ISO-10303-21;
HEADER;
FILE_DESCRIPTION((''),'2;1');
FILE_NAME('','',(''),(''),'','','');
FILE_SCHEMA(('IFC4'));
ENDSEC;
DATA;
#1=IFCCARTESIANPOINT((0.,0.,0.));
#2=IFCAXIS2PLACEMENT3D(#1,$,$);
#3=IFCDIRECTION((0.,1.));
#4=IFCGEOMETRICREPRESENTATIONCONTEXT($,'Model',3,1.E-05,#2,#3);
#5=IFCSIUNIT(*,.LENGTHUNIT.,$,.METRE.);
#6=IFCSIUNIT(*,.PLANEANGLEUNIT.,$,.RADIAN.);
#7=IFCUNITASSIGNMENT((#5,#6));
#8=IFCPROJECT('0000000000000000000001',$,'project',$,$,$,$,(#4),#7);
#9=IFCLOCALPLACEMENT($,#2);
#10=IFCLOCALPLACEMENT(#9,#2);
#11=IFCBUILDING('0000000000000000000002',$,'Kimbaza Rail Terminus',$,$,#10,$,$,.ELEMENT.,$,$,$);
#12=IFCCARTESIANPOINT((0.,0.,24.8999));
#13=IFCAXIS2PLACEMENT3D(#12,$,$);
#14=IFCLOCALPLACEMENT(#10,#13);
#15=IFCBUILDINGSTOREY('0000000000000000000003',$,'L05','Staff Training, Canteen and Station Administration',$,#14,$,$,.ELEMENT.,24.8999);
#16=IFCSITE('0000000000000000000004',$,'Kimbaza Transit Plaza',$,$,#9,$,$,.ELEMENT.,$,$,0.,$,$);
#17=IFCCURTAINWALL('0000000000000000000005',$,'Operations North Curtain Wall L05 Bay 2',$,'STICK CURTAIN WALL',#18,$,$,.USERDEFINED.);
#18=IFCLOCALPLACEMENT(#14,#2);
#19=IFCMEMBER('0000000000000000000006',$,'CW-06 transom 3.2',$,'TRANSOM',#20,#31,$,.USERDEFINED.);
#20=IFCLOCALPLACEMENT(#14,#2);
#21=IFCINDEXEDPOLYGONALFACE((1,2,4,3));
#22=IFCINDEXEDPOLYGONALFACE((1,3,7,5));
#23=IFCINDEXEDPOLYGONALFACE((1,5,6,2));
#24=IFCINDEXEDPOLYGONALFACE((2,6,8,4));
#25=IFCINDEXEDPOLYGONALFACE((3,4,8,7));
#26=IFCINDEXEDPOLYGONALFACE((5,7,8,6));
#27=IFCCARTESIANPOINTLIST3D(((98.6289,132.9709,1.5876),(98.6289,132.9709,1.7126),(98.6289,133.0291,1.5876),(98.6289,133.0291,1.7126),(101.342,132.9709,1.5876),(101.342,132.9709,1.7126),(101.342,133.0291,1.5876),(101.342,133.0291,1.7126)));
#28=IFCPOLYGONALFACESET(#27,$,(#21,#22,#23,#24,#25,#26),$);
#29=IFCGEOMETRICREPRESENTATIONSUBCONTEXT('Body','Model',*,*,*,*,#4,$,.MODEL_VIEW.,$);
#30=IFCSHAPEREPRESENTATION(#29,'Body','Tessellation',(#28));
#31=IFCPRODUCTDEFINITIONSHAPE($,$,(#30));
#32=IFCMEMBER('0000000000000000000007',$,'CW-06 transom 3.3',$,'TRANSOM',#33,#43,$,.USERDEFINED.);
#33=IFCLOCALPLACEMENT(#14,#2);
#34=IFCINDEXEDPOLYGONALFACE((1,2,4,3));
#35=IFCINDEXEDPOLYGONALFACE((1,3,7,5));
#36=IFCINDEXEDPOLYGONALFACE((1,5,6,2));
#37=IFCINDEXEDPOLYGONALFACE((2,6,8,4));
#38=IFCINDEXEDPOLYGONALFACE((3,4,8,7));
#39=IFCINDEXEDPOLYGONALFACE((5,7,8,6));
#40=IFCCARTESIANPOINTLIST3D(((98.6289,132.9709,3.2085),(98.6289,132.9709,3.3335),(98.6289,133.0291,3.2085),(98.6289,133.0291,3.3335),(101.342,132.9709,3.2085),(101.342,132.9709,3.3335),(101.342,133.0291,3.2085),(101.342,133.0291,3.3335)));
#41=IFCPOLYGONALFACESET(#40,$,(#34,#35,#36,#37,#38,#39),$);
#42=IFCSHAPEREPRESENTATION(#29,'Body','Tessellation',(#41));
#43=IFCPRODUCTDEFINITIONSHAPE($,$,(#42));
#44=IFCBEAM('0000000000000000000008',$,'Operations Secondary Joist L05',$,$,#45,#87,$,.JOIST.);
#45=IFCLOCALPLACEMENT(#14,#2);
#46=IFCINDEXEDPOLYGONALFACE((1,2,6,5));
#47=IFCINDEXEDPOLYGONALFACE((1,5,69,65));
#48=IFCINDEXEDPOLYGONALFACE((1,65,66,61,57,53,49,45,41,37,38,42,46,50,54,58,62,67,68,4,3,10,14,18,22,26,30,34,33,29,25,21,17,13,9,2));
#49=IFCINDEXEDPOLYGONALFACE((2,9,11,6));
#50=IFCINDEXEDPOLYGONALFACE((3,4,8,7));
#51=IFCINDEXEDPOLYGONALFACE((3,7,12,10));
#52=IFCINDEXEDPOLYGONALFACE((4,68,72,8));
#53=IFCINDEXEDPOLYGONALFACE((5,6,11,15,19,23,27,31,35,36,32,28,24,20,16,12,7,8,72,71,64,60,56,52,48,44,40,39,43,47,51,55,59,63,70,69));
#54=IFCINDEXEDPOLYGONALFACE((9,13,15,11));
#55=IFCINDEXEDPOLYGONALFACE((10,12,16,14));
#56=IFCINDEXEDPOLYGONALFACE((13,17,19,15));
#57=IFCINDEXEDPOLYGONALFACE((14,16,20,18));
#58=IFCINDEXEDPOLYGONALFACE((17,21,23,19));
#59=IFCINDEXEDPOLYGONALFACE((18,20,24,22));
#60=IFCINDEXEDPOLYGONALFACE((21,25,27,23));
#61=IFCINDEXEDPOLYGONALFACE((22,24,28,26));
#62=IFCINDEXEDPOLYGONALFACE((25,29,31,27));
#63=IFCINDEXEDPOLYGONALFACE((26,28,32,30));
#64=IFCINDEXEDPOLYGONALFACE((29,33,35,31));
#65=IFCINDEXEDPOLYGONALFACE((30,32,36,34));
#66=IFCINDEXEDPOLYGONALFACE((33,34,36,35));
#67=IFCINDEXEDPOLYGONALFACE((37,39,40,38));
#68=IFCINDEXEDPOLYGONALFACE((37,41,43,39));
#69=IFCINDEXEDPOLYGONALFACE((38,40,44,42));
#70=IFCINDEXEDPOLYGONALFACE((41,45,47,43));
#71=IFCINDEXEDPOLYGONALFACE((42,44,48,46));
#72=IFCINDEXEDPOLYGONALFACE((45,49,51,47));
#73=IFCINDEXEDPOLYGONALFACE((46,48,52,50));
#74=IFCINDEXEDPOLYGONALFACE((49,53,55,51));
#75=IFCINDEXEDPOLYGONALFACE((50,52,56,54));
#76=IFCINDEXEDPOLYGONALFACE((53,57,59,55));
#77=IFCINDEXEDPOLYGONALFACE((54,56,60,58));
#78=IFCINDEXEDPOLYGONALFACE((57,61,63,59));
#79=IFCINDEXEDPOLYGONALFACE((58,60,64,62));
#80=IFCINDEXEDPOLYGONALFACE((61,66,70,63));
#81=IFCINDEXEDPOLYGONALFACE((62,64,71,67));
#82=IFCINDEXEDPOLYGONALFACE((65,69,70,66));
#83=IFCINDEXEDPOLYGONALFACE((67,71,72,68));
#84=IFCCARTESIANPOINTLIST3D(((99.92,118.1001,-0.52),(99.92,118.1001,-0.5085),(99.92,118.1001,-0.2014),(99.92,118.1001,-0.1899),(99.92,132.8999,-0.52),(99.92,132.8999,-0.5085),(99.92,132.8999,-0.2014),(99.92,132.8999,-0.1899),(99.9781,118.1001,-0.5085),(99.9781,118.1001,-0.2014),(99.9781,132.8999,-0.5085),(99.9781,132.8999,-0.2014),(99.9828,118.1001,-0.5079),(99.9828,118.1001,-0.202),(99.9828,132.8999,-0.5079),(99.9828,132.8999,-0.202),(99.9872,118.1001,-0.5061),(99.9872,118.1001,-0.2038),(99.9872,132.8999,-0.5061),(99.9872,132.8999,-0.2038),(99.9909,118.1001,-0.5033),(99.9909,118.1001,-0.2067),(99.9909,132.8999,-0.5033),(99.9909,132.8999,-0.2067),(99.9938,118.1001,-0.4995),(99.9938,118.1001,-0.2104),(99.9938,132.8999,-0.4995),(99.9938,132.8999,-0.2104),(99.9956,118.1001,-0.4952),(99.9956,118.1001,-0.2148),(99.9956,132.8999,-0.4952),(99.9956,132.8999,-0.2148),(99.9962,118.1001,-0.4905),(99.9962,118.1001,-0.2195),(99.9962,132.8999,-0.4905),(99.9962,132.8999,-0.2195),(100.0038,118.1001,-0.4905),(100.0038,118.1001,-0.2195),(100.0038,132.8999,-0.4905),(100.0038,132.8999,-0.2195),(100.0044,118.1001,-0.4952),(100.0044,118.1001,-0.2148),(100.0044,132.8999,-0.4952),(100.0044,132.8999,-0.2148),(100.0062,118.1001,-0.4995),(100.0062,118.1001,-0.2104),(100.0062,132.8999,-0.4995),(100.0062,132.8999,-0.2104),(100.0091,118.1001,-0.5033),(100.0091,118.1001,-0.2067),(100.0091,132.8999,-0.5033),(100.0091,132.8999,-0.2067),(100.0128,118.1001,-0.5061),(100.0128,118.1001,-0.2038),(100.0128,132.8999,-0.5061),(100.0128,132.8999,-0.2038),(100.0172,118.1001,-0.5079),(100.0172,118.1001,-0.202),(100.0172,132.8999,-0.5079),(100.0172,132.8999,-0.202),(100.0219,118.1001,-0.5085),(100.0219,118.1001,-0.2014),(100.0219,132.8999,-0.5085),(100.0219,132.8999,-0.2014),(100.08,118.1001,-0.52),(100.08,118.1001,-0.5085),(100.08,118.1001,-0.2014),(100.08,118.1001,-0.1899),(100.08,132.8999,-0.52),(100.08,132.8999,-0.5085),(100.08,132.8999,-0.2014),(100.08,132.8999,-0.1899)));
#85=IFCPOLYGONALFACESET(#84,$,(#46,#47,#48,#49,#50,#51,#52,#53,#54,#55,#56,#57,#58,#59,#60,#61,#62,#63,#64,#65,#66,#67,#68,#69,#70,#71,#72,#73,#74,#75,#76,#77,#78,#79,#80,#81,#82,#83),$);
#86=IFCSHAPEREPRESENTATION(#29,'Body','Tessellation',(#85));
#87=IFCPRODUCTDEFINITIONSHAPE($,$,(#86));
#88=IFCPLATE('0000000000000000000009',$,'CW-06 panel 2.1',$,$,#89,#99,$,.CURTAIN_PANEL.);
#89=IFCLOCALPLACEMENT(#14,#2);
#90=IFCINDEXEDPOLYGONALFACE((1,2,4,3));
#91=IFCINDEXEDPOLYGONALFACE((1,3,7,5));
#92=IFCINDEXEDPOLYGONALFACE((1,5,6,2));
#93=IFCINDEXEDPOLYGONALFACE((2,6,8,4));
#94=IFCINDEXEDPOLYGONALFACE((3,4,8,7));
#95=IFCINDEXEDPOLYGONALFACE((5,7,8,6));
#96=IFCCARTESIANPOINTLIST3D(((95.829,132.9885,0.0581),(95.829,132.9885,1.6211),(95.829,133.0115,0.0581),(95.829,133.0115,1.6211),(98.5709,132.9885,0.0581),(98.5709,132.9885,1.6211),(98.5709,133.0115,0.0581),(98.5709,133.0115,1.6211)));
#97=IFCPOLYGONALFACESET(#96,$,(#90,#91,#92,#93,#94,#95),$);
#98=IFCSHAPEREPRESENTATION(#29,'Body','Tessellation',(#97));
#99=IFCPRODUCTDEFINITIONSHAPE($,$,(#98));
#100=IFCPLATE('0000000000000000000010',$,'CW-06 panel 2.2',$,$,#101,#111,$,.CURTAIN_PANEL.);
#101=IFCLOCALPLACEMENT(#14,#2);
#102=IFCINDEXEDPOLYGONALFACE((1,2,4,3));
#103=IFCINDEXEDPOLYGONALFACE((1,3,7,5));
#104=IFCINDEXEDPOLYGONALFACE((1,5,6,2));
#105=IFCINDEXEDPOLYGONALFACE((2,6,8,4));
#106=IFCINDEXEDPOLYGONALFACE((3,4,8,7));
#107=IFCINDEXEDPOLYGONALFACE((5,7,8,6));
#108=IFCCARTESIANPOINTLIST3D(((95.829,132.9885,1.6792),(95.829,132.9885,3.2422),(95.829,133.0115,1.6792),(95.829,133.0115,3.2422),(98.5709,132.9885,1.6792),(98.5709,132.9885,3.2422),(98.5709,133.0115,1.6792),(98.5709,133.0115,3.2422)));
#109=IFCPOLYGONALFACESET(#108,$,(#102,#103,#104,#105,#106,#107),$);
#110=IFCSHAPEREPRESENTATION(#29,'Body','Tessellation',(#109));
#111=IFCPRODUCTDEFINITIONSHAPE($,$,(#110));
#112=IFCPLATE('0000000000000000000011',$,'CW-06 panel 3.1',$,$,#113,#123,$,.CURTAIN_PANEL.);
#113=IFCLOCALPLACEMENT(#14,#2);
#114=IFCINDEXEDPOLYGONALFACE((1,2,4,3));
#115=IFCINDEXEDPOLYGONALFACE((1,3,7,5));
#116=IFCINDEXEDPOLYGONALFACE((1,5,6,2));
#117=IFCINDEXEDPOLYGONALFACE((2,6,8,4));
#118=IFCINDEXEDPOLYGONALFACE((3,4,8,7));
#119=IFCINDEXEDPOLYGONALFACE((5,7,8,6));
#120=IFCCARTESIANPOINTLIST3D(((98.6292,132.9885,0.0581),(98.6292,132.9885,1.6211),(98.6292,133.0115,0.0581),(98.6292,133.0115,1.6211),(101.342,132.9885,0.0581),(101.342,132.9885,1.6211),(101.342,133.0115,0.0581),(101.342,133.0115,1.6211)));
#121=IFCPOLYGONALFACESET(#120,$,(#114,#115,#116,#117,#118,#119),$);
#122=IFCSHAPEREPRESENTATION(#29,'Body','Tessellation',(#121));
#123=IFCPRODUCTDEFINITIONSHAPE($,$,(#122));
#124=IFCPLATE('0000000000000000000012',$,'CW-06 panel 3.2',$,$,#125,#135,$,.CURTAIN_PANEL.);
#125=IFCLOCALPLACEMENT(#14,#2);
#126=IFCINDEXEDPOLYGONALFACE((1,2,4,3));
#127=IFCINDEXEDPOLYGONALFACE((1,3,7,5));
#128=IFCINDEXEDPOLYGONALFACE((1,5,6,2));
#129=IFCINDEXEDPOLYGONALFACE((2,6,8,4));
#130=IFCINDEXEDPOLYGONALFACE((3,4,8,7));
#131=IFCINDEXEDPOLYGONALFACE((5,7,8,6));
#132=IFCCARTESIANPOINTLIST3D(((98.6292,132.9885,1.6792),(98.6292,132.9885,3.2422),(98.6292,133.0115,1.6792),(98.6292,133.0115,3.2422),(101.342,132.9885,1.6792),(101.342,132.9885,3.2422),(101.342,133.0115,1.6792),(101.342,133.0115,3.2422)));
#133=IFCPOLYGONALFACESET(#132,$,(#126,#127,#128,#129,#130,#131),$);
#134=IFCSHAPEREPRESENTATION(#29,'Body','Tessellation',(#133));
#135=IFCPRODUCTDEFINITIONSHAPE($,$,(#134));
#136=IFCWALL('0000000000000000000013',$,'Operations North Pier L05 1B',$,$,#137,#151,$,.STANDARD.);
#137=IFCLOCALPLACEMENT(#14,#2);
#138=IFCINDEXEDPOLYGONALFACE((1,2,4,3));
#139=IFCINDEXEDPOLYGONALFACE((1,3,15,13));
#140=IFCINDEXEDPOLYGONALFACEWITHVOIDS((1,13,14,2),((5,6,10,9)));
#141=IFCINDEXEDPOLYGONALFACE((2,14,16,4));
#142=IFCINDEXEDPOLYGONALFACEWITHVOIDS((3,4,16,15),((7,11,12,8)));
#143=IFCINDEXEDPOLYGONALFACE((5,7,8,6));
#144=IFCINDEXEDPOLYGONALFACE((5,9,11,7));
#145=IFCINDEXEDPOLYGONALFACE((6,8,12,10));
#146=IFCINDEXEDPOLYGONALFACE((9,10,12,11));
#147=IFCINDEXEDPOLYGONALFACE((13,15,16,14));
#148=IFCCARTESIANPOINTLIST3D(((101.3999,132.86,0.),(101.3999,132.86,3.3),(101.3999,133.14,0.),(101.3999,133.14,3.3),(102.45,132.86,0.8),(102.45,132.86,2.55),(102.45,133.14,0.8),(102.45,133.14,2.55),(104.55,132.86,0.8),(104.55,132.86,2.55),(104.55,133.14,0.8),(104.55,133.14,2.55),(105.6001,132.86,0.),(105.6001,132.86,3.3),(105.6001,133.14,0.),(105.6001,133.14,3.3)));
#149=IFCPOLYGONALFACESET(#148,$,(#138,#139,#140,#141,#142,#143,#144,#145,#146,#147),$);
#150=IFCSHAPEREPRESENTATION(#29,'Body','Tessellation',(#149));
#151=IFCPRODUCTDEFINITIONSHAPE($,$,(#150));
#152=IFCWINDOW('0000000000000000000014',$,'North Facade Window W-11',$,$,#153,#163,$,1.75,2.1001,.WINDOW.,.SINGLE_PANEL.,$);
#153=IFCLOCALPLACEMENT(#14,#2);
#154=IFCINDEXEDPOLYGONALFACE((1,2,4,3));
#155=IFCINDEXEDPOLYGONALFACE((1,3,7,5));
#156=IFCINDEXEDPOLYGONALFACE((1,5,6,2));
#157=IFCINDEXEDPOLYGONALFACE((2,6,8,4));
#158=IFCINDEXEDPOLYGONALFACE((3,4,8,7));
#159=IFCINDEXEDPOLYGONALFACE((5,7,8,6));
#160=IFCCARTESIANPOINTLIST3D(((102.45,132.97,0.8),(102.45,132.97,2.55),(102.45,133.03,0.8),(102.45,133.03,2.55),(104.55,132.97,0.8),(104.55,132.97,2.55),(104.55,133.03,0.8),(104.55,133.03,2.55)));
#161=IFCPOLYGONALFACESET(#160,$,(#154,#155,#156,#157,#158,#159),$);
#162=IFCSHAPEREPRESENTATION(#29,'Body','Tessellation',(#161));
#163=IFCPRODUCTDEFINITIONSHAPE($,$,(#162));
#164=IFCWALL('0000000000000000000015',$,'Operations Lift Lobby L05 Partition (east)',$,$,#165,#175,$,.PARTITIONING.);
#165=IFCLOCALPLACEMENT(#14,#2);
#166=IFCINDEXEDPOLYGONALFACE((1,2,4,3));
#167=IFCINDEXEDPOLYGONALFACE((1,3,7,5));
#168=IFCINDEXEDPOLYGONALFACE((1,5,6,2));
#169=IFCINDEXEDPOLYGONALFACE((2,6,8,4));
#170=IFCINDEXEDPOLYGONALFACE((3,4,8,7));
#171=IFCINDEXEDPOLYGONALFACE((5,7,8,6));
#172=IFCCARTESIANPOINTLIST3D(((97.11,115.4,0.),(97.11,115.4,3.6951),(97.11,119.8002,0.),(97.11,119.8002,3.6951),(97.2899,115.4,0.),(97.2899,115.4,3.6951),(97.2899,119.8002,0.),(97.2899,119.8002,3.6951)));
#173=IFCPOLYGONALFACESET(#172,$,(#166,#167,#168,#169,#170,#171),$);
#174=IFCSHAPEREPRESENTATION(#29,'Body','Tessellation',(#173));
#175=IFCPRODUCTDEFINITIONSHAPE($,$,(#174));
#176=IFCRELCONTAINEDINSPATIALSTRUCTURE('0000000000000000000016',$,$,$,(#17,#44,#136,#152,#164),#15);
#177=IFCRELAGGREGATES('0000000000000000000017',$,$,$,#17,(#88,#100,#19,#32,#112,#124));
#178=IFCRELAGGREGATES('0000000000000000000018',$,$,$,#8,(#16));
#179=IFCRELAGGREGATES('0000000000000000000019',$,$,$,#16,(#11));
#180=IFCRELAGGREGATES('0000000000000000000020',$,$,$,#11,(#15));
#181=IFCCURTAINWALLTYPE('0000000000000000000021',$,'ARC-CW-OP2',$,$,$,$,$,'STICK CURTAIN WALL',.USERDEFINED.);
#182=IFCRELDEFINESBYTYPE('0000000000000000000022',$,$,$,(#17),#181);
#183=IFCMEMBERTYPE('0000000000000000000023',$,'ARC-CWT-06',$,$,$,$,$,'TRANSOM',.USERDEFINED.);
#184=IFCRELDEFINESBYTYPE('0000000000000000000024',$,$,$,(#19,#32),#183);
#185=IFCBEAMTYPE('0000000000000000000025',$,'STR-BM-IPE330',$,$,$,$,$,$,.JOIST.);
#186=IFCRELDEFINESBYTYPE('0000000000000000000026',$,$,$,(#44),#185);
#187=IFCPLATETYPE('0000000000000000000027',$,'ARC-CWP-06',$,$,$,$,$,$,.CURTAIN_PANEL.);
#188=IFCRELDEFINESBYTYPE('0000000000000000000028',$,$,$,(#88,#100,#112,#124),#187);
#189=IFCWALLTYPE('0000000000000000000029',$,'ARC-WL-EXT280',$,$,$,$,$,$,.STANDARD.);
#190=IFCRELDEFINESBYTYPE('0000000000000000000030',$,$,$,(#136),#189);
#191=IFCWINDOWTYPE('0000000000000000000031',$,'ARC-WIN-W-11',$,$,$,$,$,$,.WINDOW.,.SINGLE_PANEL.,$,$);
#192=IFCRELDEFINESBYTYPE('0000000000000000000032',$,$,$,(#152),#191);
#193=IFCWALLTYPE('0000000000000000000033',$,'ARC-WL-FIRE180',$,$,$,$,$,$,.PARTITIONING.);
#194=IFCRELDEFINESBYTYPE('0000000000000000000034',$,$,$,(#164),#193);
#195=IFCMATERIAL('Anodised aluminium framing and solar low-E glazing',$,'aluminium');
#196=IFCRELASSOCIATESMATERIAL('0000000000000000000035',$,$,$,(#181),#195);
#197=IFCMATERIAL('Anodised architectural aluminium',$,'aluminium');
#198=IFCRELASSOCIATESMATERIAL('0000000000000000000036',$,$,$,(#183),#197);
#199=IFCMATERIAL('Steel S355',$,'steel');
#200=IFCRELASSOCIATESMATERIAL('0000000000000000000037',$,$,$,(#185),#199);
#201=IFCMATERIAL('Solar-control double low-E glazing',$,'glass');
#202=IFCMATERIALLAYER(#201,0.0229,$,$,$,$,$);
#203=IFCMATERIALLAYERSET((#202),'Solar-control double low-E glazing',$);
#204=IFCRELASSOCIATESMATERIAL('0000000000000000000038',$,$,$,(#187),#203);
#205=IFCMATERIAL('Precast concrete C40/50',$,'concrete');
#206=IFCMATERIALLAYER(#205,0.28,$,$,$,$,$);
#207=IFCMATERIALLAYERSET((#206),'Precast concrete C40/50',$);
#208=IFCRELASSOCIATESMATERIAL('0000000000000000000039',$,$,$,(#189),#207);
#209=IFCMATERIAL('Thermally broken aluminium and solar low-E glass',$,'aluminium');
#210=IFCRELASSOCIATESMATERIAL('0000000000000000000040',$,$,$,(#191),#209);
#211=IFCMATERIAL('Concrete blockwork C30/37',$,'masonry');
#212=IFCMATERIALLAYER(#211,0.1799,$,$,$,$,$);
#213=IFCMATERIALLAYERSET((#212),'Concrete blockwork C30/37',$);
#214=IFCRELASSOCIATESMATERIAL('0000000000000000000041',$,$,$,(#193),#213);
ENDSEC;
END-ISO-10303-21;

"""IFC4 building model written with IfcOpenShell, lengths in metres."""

from ifc_helpers import new_model, si_unit, direction, frame, frame_2d, origin, origin_2d, place, context, subcontext, project, spatial, rectangle, i_section, extrude, material, layer, layer_set, material_profile, profile_set, type_object, element, fill, aggregate, save


model = new_model("IFC4")

# Units and contexts
model_context = context("Model", 3, precision=1e-05, world=origin(), true_north=direction((0.0, 1.0)))
body_context = subcontext(model_context, "Body", "Model", "MODEL_VIEW")
ifc_project = project(units=[si_unit("LENGTHUNIT", "METRE"), si_unit("PLANEANGLEUNIT", "RADIAN")], contexts=[model_context])

# Site, building, storey
site_placement = place(None, origin())
site = spatial("IfcSite", under=ifc_project, at=site_placement, Name="Kimbaza Transit Plaza", CompositionType="ELEMENT", RefElevation=0.0)
building_placement = place(site_placement, origin())
building = spatial("IfcBuilding", under=site, at=building_placement, Name="Kimbaza Rail Terminus", CompositionType="ELEMENT")
storey_placement = place(building_placement, frame((0.0, 0.0, 24.8999)))
storey = spatial("IfcBuildingStorey", under=building, at=storey_placement, Name="L05", Description="Staff Training, Canteen and Station Administration", CompositionType="ELEMENT", Elevation=24.8999)

# Curtain wall, members
ifc_material_1 = material(Name="Anodised aluminium framing and solar low-E glazing", Category="aluminium")
curtain_wall_type = type_object("IfcCurtainWallType", Name="ARC-CW-OP2", ElementType="STICK CURTAIN WALL", PredefinedType="USERDEFINED", material=ifc_material_1)
curtain_wall_placement = place(storey_placement, origin())
curtain_wall = element("IfcCurtainWall", 1, at=curtain_wall_placement, inside=storey, type_object=curtain_wall_type, Name="Operations North Curtain Wall L05 Bay 2", ObjectType="STICK CURTAIN WALL", PredefinedType="USERDEFINED")
ifc_material_2 = material(Name="Anodised architectural aluminium", Category="aluminium")
ifc_material_profile_1 = material_profile(ifc_material_2, rectangle(XDim=0.0581, YDim=0.125, at=origin_2d()), Name="TRANSOM 58x125")
ifc_profile_set_1 = profile_set([ifc_material_profile_1], Name="Anodised architectural aluminium")
member_type_1 = type_object("IfcMemberType", Name="ARC-CWT-06", ElementType="TRANSOM", PredefinedType="USERDEFINED", material=ifc_profile_set_1)
member_1_placement = place(storey_placement, frame((98.6289, 133.0, 1.6501), z_axis=(1.0, 0.0, 0.0), x_axis=(0.0, 1.0, 0.0)))
member_1 = element("IfcMember", 2, at=member_1_placement, type_object=member_type_1, Name="CW-06 transom 3.2", ObjectType="TRANSOM", PredefinedType="USERDEFINED", context=body_context, shape_type="SweptSolid", body=[
    extrude(rectangle(XDim=0.0581, YDim=0.125, at=origin_2d()), origin(), (0.0, 0.0, 1.0), 2.7131),
])
member_2_placement = place(storey_placement, frame((98.6289, 133.0, 3.271), z_axis=(1.0, 0.0, 0.0), x_axis=(0.0, 1.0, 0.0)))
member_2 = element("IfcMember", 3, at=member_2_placement, type_object=member_type_1, Name="CW-06 transom 3.3", ObjectType="TRANSOM", PredefinedType="USERDEFINED", context=body_context, shape_type="SweptSolid", body=[
    extrude(rectangle(XDim=0.0581, YDim=0.125, at=origin_2d()), origin(), (0.0, 0.0, 1.0), 2.7131),
])

# Beam
ifc_material_3 = material(Name="Steel S355", Category="steel")
ifc_material_profile_2 = material_profile(ifc_material_3, i_section(OverallWidth=0.1599, OverallDepth=0.3301, WebThickness=0.0076, FlangeThickness=0.0115, FilletRadius=0.0181, at=origin_2d()), Name="IPE 330")
ifc_profile_set_2 = profile_set([ifc_material_profile_2], Name="Steel S355")
beam_type = type_object("IfcBeamType", Name="STR-BM-IPE330", PredefinedType="JOIST", material=ifc_profile_set_2)
beam_placement = place(storey_placement, frame((100.0, 118.1001, -0.355), z_axis=(0.0, 1.0, 0.0), x_axis=(-1.0, 0.0, 0.0)))
element("IfcBeam", 4, at=beam_placement, inside=storey, type_object=beam_type, Name="Operations Secondary Joist L05", PredefinedType="JOIST", context=body_context, shape_type="SweptSolid", body=[
    extrude(i_section(OverallWidth=0.1599, OverallDepth=0.3301, WebThickness=0.0076, FlangeThickness=0.0115, FilletRadius=0.0181, at=origin_2d()), origin(), (0.0, 0.0, 1.0), 14.7998),
])

# Plates
ifc_material_4 = material(Name="Solar-control double low-E glazing", Category="glass")
ifc_layer_1 = layer(ifc_material_4, 0.0229)
ifc_layer_set_1 = layer_set([ifc_layer_1], Name="Solar-control double low-E glazing")
plate_type = type_object("IfcPlateType", Name="ARC-CWP-06", PredefinedType="CURTAIN_PANEL", material=ifc_layer_set_1)
plate_1_placement = place(storey_placement, frame((97.2, 133.0, 0.0581), z_axis=(0.0, 0.0, 1.0), x_axis=(1.0, 0.0, 0.0)))
plate_1 = element("IfcPlate", 5, at=plate_1_placement, type_object=plate_type, Name="CW-06 panel 2.1", PredefinedType="CURTAIN_PANEL", context=body_context, shape_type="SweptSolid", body=[
    extrude(rectangle(XDim=2.7419, YDim=0.0229, at=origin_2d()), origin(), (0.0, 0.0, 1.0), 1.563),
])
plate_2_placement = place(storey_placement, frame((97.2, 133.0, 1.6792), z_axis=(0.0, 0.0, 1.0), x_axis=(1.0, 0.0, 0.0)))
plate_2 = element("IfcPlate", 6, at=plate_2_placement, type_object=plate_type, Name="CW-06 panel 2.2", PredefinedType="CURTAIN_PANEL", context=body_context, shape_type="SweptSolid", body=[
    extrude(rectangle(XDim=2.7419, YDim=0.0229, at=origin_2d()), origin(), (0.0, 0.0, 1.0), 1.563),
])
plate_3_placement = place(storey_placement, frame((99.9856, 133.0, 0.0581), z_axis=(0.0, 0.0, 1.0), x_axis=(1.0, 0.0, 0.0)))
plate_3 = element("IfcPlate", 7, at=plate_3_placement, type_object=plate_type, Name="CW-06 panel 3.1", PredefinedType="CURTAIN_PANEL", context=body_context, shape_type="SweptSolid", body=[
    extrude(rectangle(XDim=2.7129, YDim=0.0229, at=origin_2d()), origin(), (0.0, 0.0, 1.0), 1.563),
])
plate_4_placement = place(storey_placement, frame((99.9856, 133.0, 1.6792), z_axis=(0.0, 0.0, 1.0), x_axis=(1.0, 0.0, 0.0)))
plate_4 = element("IfcPlate", 8, at=plate_4_placement, type_object=plate_type, Name="CW-06 panel 3.2", PredefinedType="CURTAIN_PANEL", context=body_context, shape_type="SweptSolid", body=[
    extrude(rectangle(XDim=2.7129, YDim=0.0229, at=origin_2d()), origin(), (0.0, 0.0, 1.0), 1.563),
])
aggregate(curtain_wall, [plate_1, plate_2, member_1, member_2, plate_3, plate_4])

# Wall, opening, window
ifc_material_5 = material(Name="Precast concrete C40/50", Category="concrete")
ifc_layer_2 = layer(ifc_material_5, 0.28)
ifc_layer_set_2 = layer_set([ifc_layer_2], Name="Precast concrete C40/50")
wall_type_1 = type_object("IfcWallType", Name="ARC-WL-EXT280", PredefinedType="STANDARD", material=ifc_layer_set_2)
wall_1_placement = place(storey_placement, frame((101.3999, 133.0, 0.0), z_axis=(0.0, 0.0, 1.0), x_axis=(1.0, 0.0, 0.0)))
wall_1 = element("IfcWall", 9, at=wall_1_placement, inside=storey, type_object=wall_type_1, Name="Operations North Pier L05 1B", PredefinedType="STANDARD", context=body_context, shape_type="SweptSolid", body=[
    extrude(rectangle(XDim=4.2002, YDim=0.28, at=frame_2d((2.1001, 0.0))), origin(), (0.0, 0.0, 1.0), 3.3),
])
opening_1_placement = place(wall_1_placement, frame((1.05, 0.0, 0.8)))
opening_1 = element("IfcOpeningElement", 10, at=opening_1_placement, cuts=wall_1, PredefinedType="OPENING", context=body_context, shape_type="SweptSolid", body=[
    extrude(rectangle(XDim=2.1001, YDim=1.75, at=frame_2d((1.05, 0.875))), frame((0.0, 0.1499, 0.0), z_axis=(0.0, -1.0, 0.0), x_axis=(1.0, 0.0, 0.0)), (0.0, 0.0, 1.0), 0.3),
])
ifc_material_6 = material(Name="Thermally broken aluminium and solar low-E glass", Category="aluminium")
window_type = type_object("IfcWindowType", Name="ARC-WIN-W-11", PartitioningType="SINGLE_PANEL", PredefinedType="WINDOW", material=ifc_material_6)
window_placement = place(opening_1_placement, origin())
window = element("IfcWindow", 11, at=window_placement, inside=storey, type_object=window_type, Name="North Facade Window W-11", OverallHeight=1.75, OverallWidth=2.1001, PartitioningType="SINGLE_PANEL", PredefinedType="WINDOW", context=body_context, shape_type="SweptSolid", body=[
    extrude(rectangle(XDim=2.1001, YDim=1.75, at=frame_2d((1.05, 0.875))), frame((0.0, 0.03, 0.0), z_axis=(0.0, -1.0, 0.0), x_axis=(1.0, 0.0, 0.0)), (0.0, 0.0, 1.0), 0.0601),
])
fill(opening_1, window)

# Wall
ifc_material_7 = material(Name="Concrete blockwork C30/37", Category="masonry")
ifc_layer_3 = layer(ifc_material_7, 0.1799)
ifc_layer_set_3 = layer_set([ifc_layer_3], Name="Concrete blockwork C30/37")
wall_type_2 = type_object("IfcWallType", Name="ARC-WL-FIRE180", PredefinedType="PARTITIONING", material=ifc_layer_set_3)
wall_2_placement = place(storey_placement, frame((97.2, 115.3999, 0.0), z_axis=(0.0, 0.0, 1.0), x_axis=(0.0, 1.0, 0.0)))
element("IfcWall", 12, at=wall_2_placement, inside=storey, type_object=wall_type_2, Name="Operations Lift Lobby L05 Partition (east)", PredefinedType="PARTITIONING", context=body_context, shape_type="SweptSolid", body=[
    extrude(rectangle(XDim=4.4001, YDim=0.1799, at=frame_2d((2.2002, 0.0))), origin(), (0.0, 0.0, 1.0), 3.6951),
])

save(model, "model.ifc")
